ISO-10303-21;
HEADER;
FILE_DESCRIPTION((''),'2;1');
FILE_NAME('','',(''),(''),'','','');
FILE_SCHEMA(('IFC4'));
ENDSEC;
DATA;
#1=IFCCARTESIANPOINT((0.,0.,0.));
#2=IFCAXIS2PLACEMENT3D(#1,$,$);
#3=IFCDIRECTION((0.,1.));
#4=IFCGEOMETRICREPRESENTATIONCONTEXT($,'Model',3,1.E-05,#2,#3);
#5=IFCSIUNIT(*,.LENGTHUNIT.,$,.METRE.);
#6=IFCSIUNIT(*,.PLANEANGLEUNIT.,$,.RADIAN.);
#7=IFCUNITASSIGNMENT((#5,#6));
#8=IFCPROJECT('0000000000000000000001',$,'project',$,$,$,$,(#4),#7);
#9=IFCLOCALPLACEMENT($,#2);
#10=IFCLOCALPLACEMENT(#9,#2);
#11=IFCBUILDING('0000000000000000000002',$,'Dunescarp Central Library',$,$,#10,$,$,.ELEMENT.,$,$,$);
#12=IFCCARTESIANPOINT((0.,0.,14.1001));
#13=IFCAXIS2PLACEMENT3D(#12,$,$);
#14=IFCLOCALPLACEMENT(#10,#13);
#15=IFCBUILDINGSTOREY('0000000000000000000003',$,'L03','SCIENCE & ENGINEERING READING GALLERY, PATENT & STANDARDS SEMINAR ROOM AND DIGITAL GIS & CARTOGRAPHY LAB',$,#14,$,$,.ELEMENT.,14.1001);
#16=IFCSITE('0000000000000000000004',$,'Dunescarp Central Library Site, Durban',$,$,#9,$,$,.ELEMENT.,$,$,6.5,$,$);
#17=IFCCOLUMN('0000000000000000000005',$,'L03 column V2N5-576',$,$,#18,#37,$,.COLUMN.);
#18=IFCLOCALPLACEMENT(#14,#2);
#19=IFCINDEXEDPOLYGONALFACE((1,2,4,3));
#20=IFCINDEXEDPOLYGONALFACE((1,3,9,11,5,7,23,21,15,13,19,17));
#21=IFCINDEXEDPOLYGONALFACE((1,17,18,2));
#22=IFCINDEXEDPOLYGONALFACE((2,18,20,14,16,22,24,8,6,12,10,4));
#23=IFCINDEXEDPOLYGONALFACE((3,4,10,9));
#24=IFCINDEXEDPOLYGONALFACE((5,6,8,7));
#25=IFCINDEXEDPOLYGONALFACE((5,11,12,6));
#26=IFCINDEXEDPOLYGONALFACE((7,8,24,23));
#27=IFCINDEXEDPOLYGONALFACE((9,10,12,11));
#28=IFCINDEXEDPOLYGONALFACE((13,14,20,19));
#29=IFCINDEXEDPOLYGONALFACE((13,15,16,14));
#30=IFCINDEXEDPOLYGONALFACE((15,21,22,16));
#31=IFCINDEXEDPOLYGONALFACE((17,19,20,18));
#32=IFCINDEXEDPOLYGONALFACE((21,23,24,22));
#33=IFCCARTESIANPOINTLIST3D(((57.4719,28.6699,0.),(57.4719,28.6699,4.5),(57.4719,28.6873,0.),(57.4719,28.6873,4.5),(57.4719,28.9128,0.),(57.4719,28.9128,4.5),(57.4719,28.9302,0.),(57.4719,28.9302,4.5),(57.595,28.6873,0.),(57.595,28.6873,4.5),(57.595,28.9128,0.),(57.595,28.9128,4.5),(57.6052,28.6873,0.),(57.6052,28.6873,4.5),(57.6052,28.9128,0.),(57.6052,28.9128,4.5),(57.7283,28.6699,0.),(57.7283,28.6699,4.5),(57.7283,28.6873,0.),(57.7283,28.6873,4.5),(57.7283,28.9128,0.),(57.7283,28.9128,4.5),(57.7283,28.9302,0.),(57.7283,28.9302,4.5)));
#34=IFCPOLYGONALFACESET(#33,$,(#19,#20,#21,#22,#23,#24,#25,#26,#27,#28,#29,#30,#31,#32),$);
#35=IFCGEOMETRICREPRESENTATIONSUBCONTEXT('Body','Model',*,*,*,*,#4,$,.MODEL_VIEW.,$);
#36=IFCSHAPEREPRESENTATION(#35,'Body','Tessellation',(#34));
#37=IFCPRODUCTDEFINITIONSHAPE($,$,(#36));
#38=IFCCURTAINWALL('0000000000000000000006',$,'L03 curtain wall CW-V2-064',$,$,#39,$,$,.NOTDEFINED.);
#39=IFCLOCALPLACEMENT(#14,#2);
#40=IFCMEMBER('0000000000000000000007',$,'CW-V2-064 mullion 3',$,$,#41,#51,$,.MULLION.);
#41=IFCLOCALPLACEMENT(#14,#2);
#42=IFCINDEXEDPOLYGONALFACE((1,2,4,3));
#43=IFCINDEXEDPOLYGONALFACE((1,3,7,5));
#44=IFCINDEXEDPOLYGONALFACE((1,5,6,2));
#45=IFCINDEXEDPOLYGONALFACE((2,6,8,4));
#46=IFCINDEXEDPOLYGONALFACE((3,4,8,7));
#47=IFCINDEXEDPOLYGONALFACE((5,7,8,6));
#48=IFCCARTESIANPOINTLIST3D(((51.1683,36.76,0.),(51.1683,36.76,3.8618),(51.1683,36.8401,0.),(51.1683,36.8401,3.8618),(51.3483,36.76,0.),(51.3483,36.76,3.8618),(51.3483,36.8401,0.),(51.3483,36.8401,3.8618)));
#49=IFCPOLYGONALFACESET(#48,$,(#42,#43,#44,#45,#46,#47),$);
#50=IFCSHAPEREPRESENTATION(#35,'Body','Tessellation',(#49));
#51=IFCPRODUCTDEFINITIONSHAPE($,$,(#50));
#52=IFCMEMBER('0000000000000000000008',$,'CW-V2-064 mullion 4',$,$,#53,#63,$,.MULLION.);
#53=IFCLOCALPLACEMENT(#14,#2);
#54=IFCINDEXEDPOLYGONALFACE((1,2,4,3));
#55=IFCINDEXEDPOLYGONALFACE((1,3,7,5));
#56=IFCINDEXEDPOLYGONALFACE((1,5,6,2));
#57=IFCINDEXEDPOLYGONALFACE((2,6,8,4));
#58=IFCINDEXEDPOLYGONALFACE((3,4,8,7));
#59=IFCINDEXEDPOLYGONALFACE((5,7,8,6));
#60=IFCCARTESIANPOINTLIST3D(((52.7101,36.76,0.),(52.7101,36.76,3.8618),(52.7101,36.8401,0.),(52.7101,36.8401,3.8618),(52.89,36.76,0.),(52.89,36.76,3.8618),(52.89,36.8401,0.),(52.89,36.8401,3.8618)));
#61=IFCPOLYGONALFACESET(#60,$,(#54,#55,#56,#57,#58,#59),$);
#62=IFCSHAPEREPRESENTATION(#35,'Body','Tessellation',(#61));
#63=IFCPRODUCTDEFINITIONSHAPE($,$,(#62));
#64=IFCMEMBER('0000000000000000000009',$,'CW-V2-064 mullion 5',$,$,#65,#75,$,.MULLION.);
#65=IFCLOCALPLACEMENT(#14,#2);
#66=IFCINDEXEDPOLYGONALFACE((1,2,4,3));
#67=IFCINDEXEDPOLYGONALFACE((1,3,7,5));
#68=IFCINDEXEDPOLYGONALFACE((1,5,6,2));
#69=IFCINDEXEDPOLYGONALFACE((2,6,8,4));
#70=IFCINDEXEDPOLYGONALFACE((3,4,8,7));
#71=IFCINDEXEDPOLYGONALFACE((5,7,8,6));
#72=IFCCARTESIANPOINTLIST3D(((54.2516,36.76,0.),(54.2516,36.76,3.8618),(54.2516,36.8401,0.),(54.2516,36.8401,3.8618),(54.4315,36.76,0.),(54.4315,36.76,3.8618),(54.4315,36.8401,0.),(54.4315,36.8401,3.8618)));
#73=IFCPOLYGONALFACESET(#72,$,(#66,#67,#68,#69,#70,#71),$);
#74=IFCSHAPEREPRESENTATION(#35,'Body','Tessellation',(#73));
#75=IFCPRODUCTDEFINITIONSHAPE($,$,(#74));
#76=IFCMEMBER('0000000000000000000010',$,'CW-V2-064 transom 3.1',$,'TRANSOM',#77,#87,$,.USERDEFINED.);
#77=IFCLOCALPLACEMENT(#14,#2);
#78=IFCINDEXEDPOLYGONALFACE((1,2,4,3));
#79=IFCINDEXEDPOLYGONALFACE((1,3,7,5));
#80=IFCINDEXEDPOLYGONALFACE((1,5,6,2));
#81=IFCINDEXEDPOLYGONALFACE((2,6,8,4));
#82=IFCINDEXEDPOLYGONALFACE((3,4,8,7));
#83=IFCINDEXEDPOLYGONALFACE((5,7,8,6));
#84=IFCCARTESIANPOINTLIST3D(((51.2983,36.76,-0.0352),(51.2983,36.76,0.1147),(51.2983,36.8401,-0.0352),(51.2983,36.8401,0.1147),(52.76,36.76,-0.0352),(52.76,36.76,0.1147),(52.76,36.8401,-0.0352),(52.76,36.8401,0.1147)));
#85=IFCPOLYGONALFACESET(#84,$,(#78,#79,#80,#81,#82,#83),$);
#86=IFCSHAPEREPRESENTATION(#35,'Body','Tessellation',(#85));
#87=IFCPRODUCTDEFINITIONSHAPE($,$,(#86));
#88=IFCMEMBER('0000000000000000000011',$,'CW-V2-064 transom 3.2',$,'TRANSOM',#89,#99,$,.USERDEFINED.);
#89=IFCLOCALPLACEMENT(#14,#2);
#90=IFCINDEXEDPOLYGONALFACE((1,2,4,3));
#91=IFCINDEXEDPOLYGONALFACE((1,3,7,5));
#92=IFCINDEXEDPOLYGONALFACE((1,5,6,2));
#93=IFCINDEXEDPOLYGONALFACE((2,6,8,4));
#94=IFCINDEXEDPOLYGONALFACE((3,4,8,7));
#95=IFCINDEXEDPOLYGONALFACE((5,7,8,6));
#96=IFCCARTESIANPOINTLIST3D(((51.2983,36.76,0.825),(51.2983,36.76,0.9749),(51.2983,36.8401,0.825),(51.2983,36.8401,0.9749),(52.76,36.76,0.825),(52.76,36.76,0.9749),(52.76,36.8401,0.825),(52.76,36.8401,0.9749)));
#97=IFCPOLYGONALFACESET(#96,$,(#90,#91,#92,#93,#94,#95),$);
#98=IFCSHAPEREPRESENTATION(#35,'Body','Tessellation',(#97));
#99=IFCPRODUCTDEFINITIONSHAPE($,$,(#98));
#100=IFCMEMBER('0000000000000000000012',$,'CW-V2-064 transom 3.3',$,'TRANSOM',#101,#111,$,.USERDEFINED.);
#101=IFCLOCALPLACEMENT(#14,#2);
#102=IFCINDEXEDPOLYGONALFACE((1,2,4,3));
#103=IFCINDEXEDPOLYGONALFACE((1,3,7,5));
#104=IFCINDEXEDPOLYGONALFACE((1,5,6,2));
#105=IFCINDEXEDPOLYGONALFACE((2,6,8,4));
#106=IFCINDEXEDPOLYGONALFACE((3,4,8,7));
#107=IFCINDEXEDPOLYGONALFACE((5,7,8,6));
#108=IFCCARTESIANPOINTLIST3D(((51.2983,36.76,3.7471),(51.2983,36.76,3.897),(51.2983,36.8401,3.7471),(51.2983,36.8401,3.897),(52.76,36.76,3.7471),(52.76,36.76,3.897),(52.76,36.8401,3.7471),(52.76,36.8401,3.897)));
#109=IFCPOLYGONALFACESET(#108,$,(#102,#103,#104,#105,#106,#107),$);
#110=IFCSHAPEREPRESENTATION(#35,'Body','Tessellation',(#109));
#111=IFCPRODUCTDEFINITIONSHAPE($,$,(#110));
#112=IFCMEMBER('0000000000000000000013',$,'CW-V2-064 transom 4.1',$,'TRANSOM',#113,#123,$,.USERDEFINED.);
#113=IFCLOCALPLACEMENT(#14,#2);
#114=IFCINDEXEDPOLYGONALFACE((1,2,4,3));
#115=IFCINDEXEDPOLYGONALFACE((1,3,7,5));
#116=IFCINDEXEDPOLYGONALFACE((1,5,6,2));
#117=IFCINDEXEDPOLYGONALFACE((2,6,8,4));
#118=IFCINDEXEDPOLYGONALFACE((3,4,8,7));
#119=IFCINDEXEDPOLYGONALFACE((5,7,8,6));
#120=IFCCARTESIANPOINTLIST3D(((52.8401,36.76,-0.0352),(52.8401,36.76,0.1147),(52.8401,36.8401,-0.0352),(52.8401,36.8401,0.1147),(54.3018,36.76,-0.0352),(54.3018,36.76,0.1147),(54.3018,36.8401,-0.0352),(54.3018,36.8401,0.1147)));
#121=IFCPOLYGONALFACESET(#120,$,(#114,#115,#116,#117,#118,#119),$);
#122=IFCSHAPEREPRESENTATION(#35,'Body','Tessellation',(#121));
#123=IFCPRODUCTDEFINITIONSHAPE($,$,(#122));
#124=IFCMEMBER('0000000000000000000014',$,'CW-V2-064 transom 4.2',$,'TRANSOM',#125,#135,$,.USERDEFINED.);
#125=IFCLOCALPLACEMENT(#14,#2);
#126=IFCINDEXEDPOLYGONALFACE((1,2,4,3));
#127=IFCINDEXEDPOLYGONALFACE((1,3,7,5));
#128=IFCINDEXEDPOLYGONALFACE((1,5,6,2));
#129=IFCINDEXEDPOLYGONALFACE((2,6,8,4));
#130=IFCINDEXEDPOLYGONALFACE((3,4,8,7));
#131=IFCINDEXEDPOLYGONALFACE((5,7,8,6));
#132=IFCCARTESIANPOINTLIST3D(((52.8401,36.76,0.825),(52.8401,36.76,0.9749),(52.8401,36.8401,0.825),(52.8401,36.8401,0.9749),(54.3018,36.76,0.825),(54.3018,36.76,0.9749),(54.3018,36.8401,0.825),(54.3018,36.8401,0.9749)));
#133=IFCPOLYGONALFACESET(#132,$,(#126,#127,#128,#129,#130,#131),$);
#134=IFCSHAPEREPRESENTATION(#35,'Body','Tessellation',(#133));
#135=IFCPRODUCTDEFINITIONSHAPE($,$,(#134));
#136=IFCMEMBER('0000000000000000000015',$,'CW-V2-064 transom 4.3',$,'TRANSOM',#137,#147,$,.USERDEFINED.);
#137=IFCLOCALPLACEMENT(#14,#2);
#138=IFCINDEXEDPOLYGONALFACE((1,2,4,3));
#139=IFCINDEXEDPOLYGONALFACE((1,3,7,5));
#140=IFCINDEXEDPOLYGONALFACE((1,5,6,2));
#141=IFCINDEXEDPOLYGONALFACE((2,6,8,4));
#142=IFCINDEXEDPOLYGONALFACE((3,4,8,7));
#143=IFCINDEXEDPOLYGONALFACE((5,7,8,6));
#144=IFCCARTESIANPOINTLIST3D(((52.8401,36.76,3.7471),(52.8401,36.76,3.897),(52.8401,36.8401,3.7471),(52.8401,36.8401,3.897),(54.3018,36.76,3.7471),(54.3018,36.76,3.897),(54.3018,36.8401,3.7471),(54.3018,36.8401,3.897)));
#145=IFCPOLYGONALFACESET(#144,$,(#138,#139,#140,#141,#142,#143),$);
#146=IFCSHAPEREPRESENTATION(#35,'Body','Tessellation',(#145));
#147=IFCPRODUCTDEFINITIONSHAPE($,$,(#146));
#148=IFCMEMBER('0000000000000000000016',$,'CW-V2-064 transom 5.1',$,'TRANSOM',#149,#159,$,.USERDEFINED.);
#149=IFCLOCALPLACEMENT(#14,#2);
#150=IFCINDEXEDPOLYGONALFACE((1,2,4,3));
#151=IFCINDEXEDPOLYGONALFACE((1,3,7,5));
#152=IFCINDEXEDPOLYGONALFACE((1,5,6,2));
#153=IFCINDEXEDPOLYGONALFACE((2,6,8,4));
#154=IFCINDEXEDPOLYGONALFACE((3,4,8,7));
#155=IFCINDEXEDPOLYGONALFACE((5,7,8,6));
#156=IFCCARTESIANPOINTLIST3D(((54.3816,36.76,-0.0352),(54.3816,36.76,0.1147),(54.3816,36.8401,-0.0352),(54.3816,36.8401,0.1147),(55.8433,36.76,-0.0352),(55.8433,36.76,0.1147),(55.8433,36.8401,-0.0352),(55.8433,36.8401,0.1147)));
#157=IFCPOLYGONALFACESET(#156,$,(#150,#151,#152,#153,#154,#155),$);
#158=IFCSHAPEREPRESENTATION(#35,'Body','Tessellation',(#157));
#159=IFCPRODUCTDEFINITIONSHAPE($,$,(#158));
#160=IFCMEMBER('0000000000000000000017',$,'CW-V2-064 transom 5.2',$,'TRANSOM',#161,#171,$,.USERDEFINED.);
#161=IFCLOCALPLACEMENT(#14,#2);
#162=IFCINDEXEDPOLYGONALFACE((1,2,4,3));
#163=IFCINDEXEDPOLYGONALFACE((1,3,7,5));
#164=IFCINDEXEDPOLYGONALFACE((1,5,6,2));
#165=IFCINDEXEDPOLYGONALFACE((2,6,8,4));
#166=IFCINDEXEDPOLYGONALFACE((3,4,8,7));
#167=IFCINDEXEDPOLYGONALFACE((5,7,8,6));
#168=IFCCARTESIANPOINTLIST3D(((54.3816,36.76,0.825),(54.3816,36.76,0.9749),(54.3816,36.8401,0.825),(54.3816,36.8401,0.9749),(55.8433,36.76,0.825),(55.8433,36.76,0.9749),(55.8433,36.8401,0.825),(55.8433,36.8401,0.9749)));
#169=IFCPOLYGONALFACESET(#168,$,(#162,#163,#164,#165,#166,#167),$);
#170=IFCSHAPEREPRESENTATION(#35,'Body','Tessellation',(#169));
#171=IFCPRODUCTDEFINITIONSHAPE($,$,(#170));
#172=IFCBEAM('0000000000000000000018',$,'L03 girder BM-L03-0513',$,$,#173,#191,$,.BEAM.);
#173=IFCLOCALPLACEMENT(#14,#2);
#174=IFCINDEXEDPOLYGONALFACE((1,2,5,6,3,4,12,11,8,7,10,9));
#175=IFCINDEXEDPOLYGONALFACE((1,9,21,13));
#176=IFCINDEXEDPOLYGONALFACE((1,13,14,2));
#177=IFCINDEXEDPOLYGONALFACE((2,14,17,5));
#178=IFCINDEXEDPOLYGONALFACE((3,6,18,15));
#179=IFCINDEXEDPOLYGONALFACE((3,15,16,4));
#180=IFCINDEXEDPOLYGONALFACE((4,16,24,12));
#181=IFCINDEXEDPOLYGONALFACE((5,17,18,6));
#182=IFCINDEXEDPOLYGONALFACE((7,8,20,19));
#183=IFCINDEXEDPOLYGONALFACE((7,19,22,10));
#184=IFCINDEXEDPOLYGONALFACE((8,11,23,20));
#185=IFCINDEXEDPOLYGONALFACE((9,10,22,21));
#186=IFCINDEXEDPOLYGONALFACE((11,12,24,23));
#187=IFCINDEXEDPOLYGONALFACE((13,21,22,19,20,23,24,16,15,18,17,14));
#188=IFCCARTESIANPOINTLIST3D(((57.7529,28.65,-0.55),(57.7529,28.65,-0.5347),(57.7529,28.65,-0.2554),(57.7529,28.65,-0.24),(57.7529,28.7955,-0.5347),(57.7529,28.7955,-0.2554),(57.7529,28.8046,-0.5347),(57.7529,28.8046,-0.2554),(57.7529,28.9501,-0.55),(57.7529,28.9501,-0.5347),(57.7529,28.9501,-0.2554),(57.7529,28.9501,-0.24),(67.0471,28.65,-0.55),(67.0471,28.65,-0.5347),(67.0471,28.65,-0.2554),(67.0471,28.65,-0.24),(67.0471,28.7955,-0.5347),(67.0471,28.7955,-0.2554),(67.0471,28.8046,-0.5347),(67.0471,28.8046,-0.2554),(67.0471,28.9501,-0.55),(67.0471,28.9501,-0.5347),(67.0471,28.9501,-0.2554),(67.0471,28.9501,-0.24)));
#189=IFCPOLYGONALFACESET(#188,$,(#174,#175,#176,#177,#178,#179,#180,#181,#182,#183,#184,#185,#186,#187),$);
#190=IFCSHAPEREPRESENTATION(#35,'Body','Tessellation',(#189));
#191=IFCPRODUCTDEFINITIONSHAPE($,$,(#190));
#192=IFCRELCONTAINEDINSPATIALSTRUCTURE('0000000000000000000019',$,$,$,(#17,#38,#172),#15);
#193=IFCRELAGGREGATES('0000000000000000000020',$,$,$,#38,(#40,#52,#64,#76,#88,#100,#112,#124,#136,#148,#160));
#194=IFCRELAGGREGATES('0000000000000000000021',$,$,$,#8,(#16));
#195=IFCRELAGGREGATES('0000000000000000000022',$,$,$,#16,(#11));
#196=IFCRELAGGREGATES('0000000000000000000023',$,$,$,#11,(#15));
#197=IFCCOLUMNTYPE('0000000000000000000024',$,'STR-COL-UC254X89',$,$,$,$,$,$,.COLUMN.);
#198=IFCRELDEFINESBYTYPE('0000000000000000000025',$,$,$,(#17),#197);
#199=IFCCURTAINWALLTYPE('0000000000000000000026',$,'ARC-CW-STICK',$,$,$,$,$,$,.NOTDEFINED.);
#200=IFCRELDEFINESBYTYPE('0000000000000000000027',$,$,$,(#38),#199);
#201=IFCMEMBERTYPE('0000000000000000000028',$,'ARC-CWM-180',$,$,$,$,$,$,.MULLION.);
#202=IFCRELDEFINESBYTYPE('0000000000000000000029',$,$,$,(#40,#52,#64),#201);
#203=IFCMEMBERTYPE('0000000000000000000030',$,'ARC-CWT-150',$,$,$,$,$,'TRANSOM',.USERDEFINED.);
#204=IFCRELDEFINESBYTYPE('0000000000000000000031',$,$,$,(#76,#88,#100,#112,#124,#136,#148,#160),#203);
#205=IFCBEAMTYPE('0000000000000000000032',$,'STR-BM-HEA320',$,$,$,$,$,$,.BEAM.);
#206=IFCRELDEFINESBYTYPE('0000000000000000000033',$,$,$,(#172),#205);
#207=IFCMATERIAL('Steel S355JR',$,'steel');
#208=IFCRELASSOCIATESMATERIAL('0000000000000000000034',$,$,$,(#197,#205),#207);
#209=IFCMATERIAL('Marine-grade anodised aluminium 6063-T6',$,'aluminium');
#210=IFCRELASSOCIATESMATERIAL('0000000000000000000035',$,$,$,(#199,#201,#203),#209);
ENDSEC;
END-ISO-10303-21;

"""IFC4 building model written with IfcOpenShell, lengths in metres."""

from ifc_helpers import new_model, si_unit, direction, frame, origin, origin_2d, place, context, subcontext, project, spatial, rectangle, i_section, extrude, material, material_profile, profile_set, type_object, element, aggregate, save


model = new_model("IFC4")

# Units and contexts
model_context = context("Model", 3, precision=1e-05, world=origin(), true_north=direction((0.0, 1.0)))
body_context = subcontext(model_context, "Body", "Model", "MODEL_VIEW")
ifc_project = project(units=[si_unit("LENGTHUNIT", "METRE"), si_unit("PLANEANGLEUNIT", "RADIAN")], contexts=[model_context])

# Site, building, storey
site_placement = place(None, origin())
site = spatial("IfcSite", under=ifc_project, at=site_placement, Name="Dunescarp Central Library Site, Durban", CompositionType="ELEMENT", RefElevation=6.5)
building_placement = place(site_placement, origin())
building = spatial("IfcBuilding", under=site, at=building_placement, Name="Dunescarp Central Library", CompositionType="ELEMENT")
storey_placement = place(building_placement, frame((0.0, 0.0, 14.1001)))
storey = spatial("IfcBuildingStorey", under=building, at=storey_placement, Name="L03", Description="SCIENCE & ENGINEERING READING GALLERY, PATENT & STANDARDS SEMINAR ROOM AND DIGITAL GIS & CARTOGRAPHY LAB", CompositionType="ELEMENT", Elevation=14.1001)

# Column
ifc_material_1 = material(Name="Steel S355JR", Category="steel")
ifc_material_profile_1 = material_profile(ifc_material_1, i_section(OverallWidth=0.2563, OverallDepth=0.2603, WebThickness=0.0103, FlangeThickness=0.0173, at=origin_2d()), Name="UC 254x254x89")
ifc_profile_set_1 = profile_set([ifc_material_profile_1], Name="Steel S355JR")
column_type = type_object("IfcColumnType", Name="STR-COL-UC254X89", PredefinedType="COLUMN", material=ifc_profile_set_1)
column_placement = place(storey_placement, frame((57.6001, 28.8, 0.0), z_axis=(0.0, 0.0, 1.0), x_axis=(1.0, 0.0, 0.0)))
element("IfcColumn", 1, at=column_placement, inside=storey, type_object=column_type, Name="L03 column V2N5-576", PredefinedType="COLUMN", context=body_context, shape_type="SweptSolid", body=[
    extrude(i_section(OverallWidth=0.2563, OverallDepth=0.2603, WebThickness=0.0103, FlangeThickness=0.0173, at=origin_2d()), origin(), (0.0, 0.0, 1.0), 4.5),
])

# Curtain wall, members
ifc_material_2 = material(Name="Marine-grade anodised aluminium 6063-T6", Category="aluminium")
curtain_wall_type = type_object("IfcCurtainWallType", Name="ARC-CW-STICK", PredefinedType="NOTDEFINED", material=ifc_material_2)
curtain_wall_placement = place(storey_placement, origin())
curtain_wall = element("IfcCurtainWall", 2, at=curtain_wall_placement, inside=storey, type_object=curtain_wall_type, Name="L03 curtain wall CW-V2-064", PredefinedType="NOTDEFINED")
ifc_material_profile_2 = material_profile(ifc_material_2, rectangle(XDim=0.0801, YDim=0.1799, at=origin_2d()), Name="AL 80x180")
ifc_profile_set_2 = profile_set([ifc_material_profile_2], Name="Marine-grade anodised aluminium 6063-T6")
member_type_1 = type_object("IfcMemberType", Name="ARC-CWM-180", PredefinedType="MULLION", material=ifc_profile_set_2)
member_1_placement = place(storey_placement, frame((51.2583, 36.8, 0.0), z_axis=(0.0, 0.0, 1.0), x_axis=(0.0, 1.0, 0.0)))
member_1 = element("IfcMember", 3, at=member_1_placement, type_object=member_type_1, Name="CW-V2-064 mullion 3", PredefinedType="MULLION", context=body_context, shape_type="SweptSolid", body=[
    extrude(rectangle(XDim=0.0801, YDim=0.1799, at=origin_2d()), origin(), (0.0, 0.0, 1.0), 3.8618),
])
member_2_placement = place(storey_placement, frame((52.8, 36.8, 0.0), z_axis=(0.0, 0.0, 1.0), x_axis=(0.0, 1.0, 0.0)))
member_2 = element("IfcMember", 4, at=member_2_placement, type_object=member_type_1, Name="CW-V2-064 mullion 4", PredefinedType="MULLION", context=body_context, shape_type="SweptSolid", body=[
    extrude(rectangle(XDim=0.0801, YDim=0.1799, at=origin_2d()), origin(), (0.0, 0.0, 1.0), 3.8618),
])
member_3_placement = place(storey_placement, frame((54.3416, 36.8, 0.0), z_axis=(0.0, 0.0, 1.0), x_axis=(0.0, 1.0, 0.0)))
member_3 = element("IfcMember", 5, at=member_3_placement, type_object=member_type_1, Name="CW-V2-064 mullion 5", PredefinedType="MULLION", context=body_context, shape_type="SweptSolid", body=[
    extrude(rectangle(XDim=0.0801, YDim=0.1799, at=origin_2d()), origin(), (0.0, 0.0, 1.0), 3.8618),
])
ifc_material_profile_3 = material_profile(ifc_material_2, rectangle(XDim=0.0801, YDim=0.1499, at=origin_2d()), Name="AL 80x150")
ifc_profile_set_3 = profile_set([ifc_material_profile_3], Name="Marine-grade anodised aluminium 6063-T6")
member_type_2 = type_object("IfcMemberType", Name="ARC-CWT-150", ElementType="TRANSOM", PredefinedType="USERDEFINED", material=ifc_profile_set_3)
member_4_placement = place(storey_placement, frame((51.2983, 36.8, 0.0398), z_axis=(1.0, 0.0, 0.0), x_axis=(0.0, 1.0, 0.0)))
member_4 = element("IfcMember", 6, at=member_4_placement, type_object=member_type_2, Name="CW-V2-064 transom 3.1", ObjectType="TRANSOM", PredefinedType="USERDEFINED", context=body_context, shape_type="SweptSolid", body=[
    extrude(rectangle(XDim=0.0801, YDim=0.1499, at=origin_2d()), origin(), (0.0, 0.0, 1.0), 1.4617),
])
member_5_placement = place(storey_placement, frame((51.2983, 36.8, 0.8999), z_axis=(1.0, 0.0, 0.0), x_axis=(0.0, 1.0, 0.0)))
member_5 = element("IfcMember", 7, at=member_5_placement, type_object=member_type_2, Name="CW-V2-064 transom 3.2", ObjectType="TRANSOM", PredefinedType="USERDEFINED", context=body_context, shape_type="SweptSolid", body=[
    extrude(rectangle(XDim=0.0801, YDim=0.1499, at=origin_2d()), origin(), (0.0, 0.0, 1.0), 1.4617),
])
member_6_placement = place(storey_placement, frame((51.2983, 36.8, 3.822), z_axis=(1.0, 0.0, 0.0), x_axis=(0.0, 1.0, 0.0)))
member_6 = element("IfcMember", 8, at=member_6_placement, type_object=member_type_2, Name="CW-V2-064 transom 3.3", ObjectType="TRANSOM", PredefinedType="USERDEFINED", context=body_context, shape_type="SweptSolid", body=[
    extrude(rectangle(XDim=0.0801, YDim=0.1499, at=origin_2d()), origin(), (0.0, 0.0, 1.0), 1.4617),
])
member_7_placement = place(storey_placement, frame((52.8401, 36.8, 0.0398), z_axis=(1.0, 0.0, 0.0), x_axis=(0.0, 1.0, 0.0)))
member_7 = element("IfcMember", 9, at=member_7_placement, type_object=member_type_2, Name="CW-V2-064 transom 4.1", ObjectType="TRANSOM", PredefinedType="USERDEFINED", context=body_context, shape_type="SweptSolid", body=[
    extrude(rectangle(XDim=0.0801, YDim=0.1499, at=origin_2d()), origin(), (0.0, 0.0, 1.0), 1.4617),
])
member_8_placement = place(storey_placement, frame((52.8401, 36.8, 0.8999), z_axis=(1.0, 0.0, 0.0), x_axis=(0.0, 1.0, 0.0)))
member_8 = element("IfcMember", 10, at=member_8_placement, type_object=member_type_2, Name="CW-V2-064 transom 4.2", ObjectType="TRANSOM", PredefinedType="USERDEFINED", context=body_context, shape_type="SweptSolid", body=[
    extrude(rectangle(XDim=0.0801, YDim=0.1499, at=origin_2d()), origin(), (0.0, 0.0, 1.0), 1.4617),
])
member_9_placement = place(storey_placement, frame((52.8401, 36.8, 3.822), z_axis=(1.0, 0.0, 0.0), x_axis=(0.0, 1.0, 0.0)))
member_9 = element("IfcMember", 11, at=member_9_placement, type_object=member_type_2, Name="CW-V2-064 transom 4.3", ObjectType="TRANSOM", PredefinedType="USERDEFINED", context=body_context, shape_type="SweptSolid", body=[
    extrude(rectangle(XDim=0.0801, YDim=0.1499, at=origin_2d()), origin(), (0.0, 0.0, 1.0), 1.4617),
])
member_10_placement = place(storey_placement, frame((54.3816, 36.8, 0.0398), z_axis=(1.0, 0.0, 0.0), x_axis=(0.0, 1.0, 0.0)))
member_10 = element("IfcMember", 12, at=member_10_placement, type_object=member_type_2, Name="CW-V2-064 transom 5.1", ObjectType="TRANSOM", PredefinedType="USERDEFINED", context=body_context, shape_type="SweptSolid", body=[
    extrude(rectangle(XDim=0.0801, YDim=0.1499, at=origin_2d()), origin(), (0.0, 0.0, 1.0), 1.4617),
])
member_11_placement = place(storey_placement, frame((54.3816, 36.8, 0.8999), z_axis=(1.0, 0.0, 0.0), x_axis=(0.0, 1.0, 0.0)))
member_11 = element("IfcMember", 13, at=member_11_placement, type_object=member_type_2, Name="CW-V2-064 transom 5.2", ObjectType="TRANSOM", PredefinedType="USERDEFINED", context=body_context, shape_type="SweptSolid", body=[
    extrude(rectangle(XDim=0.0801, YDim=0.1499, at=origin_2d()), origin(), (0.0, 0.0, 1.0), 1.4617),
])

# Beam
ifc_material_profile_4 = material_profile(ifc_material_1, i_section(OverallWidth=0.3, OverallDepth=0.3101, WebThickness=0.009, FlangeThickness=0.0154, at=origin_2d()), Name="HEA 320")
ifc_profile_set_4 = profile_set([ifc_material_profile_4], Name="Steel S355JR")
beam_type_1 = type_object("IfcBeamType", Name="STR-BM-HEA320", PredefinedType="BEAM", material=ifc_profile_set_4)
beam_1_placement = place(storey_placement, frame((57.7529, 28.8, -0.395), z_axis=(1.0, 0.0, 0.0), x_axis=(0.0, 1.0, 0.0)))
element("IfcBeam", 14, at=beam_1_placement, inside=storey, type_object=beam_type_1, Name="L03 girder BM-L03-0513", PredefinedType="BEAM", context=body_context, shape_type="SweptSolid", body=[
    extrude(i_section(OverallWidth=0.3, OverallDepth=0.3101, WebThickness=0.009, FlangeThickness=0.0154, at=origin_2d()), origin(), (0.0, 0.0, 1.0), 9.2942),
])

aggregate(curtain_wall, [member_1, member_2, member_3, member_4, member_5, member_6, member_7, member_8, member_9, member_10, member_11])

save(model, "model.ifc")
